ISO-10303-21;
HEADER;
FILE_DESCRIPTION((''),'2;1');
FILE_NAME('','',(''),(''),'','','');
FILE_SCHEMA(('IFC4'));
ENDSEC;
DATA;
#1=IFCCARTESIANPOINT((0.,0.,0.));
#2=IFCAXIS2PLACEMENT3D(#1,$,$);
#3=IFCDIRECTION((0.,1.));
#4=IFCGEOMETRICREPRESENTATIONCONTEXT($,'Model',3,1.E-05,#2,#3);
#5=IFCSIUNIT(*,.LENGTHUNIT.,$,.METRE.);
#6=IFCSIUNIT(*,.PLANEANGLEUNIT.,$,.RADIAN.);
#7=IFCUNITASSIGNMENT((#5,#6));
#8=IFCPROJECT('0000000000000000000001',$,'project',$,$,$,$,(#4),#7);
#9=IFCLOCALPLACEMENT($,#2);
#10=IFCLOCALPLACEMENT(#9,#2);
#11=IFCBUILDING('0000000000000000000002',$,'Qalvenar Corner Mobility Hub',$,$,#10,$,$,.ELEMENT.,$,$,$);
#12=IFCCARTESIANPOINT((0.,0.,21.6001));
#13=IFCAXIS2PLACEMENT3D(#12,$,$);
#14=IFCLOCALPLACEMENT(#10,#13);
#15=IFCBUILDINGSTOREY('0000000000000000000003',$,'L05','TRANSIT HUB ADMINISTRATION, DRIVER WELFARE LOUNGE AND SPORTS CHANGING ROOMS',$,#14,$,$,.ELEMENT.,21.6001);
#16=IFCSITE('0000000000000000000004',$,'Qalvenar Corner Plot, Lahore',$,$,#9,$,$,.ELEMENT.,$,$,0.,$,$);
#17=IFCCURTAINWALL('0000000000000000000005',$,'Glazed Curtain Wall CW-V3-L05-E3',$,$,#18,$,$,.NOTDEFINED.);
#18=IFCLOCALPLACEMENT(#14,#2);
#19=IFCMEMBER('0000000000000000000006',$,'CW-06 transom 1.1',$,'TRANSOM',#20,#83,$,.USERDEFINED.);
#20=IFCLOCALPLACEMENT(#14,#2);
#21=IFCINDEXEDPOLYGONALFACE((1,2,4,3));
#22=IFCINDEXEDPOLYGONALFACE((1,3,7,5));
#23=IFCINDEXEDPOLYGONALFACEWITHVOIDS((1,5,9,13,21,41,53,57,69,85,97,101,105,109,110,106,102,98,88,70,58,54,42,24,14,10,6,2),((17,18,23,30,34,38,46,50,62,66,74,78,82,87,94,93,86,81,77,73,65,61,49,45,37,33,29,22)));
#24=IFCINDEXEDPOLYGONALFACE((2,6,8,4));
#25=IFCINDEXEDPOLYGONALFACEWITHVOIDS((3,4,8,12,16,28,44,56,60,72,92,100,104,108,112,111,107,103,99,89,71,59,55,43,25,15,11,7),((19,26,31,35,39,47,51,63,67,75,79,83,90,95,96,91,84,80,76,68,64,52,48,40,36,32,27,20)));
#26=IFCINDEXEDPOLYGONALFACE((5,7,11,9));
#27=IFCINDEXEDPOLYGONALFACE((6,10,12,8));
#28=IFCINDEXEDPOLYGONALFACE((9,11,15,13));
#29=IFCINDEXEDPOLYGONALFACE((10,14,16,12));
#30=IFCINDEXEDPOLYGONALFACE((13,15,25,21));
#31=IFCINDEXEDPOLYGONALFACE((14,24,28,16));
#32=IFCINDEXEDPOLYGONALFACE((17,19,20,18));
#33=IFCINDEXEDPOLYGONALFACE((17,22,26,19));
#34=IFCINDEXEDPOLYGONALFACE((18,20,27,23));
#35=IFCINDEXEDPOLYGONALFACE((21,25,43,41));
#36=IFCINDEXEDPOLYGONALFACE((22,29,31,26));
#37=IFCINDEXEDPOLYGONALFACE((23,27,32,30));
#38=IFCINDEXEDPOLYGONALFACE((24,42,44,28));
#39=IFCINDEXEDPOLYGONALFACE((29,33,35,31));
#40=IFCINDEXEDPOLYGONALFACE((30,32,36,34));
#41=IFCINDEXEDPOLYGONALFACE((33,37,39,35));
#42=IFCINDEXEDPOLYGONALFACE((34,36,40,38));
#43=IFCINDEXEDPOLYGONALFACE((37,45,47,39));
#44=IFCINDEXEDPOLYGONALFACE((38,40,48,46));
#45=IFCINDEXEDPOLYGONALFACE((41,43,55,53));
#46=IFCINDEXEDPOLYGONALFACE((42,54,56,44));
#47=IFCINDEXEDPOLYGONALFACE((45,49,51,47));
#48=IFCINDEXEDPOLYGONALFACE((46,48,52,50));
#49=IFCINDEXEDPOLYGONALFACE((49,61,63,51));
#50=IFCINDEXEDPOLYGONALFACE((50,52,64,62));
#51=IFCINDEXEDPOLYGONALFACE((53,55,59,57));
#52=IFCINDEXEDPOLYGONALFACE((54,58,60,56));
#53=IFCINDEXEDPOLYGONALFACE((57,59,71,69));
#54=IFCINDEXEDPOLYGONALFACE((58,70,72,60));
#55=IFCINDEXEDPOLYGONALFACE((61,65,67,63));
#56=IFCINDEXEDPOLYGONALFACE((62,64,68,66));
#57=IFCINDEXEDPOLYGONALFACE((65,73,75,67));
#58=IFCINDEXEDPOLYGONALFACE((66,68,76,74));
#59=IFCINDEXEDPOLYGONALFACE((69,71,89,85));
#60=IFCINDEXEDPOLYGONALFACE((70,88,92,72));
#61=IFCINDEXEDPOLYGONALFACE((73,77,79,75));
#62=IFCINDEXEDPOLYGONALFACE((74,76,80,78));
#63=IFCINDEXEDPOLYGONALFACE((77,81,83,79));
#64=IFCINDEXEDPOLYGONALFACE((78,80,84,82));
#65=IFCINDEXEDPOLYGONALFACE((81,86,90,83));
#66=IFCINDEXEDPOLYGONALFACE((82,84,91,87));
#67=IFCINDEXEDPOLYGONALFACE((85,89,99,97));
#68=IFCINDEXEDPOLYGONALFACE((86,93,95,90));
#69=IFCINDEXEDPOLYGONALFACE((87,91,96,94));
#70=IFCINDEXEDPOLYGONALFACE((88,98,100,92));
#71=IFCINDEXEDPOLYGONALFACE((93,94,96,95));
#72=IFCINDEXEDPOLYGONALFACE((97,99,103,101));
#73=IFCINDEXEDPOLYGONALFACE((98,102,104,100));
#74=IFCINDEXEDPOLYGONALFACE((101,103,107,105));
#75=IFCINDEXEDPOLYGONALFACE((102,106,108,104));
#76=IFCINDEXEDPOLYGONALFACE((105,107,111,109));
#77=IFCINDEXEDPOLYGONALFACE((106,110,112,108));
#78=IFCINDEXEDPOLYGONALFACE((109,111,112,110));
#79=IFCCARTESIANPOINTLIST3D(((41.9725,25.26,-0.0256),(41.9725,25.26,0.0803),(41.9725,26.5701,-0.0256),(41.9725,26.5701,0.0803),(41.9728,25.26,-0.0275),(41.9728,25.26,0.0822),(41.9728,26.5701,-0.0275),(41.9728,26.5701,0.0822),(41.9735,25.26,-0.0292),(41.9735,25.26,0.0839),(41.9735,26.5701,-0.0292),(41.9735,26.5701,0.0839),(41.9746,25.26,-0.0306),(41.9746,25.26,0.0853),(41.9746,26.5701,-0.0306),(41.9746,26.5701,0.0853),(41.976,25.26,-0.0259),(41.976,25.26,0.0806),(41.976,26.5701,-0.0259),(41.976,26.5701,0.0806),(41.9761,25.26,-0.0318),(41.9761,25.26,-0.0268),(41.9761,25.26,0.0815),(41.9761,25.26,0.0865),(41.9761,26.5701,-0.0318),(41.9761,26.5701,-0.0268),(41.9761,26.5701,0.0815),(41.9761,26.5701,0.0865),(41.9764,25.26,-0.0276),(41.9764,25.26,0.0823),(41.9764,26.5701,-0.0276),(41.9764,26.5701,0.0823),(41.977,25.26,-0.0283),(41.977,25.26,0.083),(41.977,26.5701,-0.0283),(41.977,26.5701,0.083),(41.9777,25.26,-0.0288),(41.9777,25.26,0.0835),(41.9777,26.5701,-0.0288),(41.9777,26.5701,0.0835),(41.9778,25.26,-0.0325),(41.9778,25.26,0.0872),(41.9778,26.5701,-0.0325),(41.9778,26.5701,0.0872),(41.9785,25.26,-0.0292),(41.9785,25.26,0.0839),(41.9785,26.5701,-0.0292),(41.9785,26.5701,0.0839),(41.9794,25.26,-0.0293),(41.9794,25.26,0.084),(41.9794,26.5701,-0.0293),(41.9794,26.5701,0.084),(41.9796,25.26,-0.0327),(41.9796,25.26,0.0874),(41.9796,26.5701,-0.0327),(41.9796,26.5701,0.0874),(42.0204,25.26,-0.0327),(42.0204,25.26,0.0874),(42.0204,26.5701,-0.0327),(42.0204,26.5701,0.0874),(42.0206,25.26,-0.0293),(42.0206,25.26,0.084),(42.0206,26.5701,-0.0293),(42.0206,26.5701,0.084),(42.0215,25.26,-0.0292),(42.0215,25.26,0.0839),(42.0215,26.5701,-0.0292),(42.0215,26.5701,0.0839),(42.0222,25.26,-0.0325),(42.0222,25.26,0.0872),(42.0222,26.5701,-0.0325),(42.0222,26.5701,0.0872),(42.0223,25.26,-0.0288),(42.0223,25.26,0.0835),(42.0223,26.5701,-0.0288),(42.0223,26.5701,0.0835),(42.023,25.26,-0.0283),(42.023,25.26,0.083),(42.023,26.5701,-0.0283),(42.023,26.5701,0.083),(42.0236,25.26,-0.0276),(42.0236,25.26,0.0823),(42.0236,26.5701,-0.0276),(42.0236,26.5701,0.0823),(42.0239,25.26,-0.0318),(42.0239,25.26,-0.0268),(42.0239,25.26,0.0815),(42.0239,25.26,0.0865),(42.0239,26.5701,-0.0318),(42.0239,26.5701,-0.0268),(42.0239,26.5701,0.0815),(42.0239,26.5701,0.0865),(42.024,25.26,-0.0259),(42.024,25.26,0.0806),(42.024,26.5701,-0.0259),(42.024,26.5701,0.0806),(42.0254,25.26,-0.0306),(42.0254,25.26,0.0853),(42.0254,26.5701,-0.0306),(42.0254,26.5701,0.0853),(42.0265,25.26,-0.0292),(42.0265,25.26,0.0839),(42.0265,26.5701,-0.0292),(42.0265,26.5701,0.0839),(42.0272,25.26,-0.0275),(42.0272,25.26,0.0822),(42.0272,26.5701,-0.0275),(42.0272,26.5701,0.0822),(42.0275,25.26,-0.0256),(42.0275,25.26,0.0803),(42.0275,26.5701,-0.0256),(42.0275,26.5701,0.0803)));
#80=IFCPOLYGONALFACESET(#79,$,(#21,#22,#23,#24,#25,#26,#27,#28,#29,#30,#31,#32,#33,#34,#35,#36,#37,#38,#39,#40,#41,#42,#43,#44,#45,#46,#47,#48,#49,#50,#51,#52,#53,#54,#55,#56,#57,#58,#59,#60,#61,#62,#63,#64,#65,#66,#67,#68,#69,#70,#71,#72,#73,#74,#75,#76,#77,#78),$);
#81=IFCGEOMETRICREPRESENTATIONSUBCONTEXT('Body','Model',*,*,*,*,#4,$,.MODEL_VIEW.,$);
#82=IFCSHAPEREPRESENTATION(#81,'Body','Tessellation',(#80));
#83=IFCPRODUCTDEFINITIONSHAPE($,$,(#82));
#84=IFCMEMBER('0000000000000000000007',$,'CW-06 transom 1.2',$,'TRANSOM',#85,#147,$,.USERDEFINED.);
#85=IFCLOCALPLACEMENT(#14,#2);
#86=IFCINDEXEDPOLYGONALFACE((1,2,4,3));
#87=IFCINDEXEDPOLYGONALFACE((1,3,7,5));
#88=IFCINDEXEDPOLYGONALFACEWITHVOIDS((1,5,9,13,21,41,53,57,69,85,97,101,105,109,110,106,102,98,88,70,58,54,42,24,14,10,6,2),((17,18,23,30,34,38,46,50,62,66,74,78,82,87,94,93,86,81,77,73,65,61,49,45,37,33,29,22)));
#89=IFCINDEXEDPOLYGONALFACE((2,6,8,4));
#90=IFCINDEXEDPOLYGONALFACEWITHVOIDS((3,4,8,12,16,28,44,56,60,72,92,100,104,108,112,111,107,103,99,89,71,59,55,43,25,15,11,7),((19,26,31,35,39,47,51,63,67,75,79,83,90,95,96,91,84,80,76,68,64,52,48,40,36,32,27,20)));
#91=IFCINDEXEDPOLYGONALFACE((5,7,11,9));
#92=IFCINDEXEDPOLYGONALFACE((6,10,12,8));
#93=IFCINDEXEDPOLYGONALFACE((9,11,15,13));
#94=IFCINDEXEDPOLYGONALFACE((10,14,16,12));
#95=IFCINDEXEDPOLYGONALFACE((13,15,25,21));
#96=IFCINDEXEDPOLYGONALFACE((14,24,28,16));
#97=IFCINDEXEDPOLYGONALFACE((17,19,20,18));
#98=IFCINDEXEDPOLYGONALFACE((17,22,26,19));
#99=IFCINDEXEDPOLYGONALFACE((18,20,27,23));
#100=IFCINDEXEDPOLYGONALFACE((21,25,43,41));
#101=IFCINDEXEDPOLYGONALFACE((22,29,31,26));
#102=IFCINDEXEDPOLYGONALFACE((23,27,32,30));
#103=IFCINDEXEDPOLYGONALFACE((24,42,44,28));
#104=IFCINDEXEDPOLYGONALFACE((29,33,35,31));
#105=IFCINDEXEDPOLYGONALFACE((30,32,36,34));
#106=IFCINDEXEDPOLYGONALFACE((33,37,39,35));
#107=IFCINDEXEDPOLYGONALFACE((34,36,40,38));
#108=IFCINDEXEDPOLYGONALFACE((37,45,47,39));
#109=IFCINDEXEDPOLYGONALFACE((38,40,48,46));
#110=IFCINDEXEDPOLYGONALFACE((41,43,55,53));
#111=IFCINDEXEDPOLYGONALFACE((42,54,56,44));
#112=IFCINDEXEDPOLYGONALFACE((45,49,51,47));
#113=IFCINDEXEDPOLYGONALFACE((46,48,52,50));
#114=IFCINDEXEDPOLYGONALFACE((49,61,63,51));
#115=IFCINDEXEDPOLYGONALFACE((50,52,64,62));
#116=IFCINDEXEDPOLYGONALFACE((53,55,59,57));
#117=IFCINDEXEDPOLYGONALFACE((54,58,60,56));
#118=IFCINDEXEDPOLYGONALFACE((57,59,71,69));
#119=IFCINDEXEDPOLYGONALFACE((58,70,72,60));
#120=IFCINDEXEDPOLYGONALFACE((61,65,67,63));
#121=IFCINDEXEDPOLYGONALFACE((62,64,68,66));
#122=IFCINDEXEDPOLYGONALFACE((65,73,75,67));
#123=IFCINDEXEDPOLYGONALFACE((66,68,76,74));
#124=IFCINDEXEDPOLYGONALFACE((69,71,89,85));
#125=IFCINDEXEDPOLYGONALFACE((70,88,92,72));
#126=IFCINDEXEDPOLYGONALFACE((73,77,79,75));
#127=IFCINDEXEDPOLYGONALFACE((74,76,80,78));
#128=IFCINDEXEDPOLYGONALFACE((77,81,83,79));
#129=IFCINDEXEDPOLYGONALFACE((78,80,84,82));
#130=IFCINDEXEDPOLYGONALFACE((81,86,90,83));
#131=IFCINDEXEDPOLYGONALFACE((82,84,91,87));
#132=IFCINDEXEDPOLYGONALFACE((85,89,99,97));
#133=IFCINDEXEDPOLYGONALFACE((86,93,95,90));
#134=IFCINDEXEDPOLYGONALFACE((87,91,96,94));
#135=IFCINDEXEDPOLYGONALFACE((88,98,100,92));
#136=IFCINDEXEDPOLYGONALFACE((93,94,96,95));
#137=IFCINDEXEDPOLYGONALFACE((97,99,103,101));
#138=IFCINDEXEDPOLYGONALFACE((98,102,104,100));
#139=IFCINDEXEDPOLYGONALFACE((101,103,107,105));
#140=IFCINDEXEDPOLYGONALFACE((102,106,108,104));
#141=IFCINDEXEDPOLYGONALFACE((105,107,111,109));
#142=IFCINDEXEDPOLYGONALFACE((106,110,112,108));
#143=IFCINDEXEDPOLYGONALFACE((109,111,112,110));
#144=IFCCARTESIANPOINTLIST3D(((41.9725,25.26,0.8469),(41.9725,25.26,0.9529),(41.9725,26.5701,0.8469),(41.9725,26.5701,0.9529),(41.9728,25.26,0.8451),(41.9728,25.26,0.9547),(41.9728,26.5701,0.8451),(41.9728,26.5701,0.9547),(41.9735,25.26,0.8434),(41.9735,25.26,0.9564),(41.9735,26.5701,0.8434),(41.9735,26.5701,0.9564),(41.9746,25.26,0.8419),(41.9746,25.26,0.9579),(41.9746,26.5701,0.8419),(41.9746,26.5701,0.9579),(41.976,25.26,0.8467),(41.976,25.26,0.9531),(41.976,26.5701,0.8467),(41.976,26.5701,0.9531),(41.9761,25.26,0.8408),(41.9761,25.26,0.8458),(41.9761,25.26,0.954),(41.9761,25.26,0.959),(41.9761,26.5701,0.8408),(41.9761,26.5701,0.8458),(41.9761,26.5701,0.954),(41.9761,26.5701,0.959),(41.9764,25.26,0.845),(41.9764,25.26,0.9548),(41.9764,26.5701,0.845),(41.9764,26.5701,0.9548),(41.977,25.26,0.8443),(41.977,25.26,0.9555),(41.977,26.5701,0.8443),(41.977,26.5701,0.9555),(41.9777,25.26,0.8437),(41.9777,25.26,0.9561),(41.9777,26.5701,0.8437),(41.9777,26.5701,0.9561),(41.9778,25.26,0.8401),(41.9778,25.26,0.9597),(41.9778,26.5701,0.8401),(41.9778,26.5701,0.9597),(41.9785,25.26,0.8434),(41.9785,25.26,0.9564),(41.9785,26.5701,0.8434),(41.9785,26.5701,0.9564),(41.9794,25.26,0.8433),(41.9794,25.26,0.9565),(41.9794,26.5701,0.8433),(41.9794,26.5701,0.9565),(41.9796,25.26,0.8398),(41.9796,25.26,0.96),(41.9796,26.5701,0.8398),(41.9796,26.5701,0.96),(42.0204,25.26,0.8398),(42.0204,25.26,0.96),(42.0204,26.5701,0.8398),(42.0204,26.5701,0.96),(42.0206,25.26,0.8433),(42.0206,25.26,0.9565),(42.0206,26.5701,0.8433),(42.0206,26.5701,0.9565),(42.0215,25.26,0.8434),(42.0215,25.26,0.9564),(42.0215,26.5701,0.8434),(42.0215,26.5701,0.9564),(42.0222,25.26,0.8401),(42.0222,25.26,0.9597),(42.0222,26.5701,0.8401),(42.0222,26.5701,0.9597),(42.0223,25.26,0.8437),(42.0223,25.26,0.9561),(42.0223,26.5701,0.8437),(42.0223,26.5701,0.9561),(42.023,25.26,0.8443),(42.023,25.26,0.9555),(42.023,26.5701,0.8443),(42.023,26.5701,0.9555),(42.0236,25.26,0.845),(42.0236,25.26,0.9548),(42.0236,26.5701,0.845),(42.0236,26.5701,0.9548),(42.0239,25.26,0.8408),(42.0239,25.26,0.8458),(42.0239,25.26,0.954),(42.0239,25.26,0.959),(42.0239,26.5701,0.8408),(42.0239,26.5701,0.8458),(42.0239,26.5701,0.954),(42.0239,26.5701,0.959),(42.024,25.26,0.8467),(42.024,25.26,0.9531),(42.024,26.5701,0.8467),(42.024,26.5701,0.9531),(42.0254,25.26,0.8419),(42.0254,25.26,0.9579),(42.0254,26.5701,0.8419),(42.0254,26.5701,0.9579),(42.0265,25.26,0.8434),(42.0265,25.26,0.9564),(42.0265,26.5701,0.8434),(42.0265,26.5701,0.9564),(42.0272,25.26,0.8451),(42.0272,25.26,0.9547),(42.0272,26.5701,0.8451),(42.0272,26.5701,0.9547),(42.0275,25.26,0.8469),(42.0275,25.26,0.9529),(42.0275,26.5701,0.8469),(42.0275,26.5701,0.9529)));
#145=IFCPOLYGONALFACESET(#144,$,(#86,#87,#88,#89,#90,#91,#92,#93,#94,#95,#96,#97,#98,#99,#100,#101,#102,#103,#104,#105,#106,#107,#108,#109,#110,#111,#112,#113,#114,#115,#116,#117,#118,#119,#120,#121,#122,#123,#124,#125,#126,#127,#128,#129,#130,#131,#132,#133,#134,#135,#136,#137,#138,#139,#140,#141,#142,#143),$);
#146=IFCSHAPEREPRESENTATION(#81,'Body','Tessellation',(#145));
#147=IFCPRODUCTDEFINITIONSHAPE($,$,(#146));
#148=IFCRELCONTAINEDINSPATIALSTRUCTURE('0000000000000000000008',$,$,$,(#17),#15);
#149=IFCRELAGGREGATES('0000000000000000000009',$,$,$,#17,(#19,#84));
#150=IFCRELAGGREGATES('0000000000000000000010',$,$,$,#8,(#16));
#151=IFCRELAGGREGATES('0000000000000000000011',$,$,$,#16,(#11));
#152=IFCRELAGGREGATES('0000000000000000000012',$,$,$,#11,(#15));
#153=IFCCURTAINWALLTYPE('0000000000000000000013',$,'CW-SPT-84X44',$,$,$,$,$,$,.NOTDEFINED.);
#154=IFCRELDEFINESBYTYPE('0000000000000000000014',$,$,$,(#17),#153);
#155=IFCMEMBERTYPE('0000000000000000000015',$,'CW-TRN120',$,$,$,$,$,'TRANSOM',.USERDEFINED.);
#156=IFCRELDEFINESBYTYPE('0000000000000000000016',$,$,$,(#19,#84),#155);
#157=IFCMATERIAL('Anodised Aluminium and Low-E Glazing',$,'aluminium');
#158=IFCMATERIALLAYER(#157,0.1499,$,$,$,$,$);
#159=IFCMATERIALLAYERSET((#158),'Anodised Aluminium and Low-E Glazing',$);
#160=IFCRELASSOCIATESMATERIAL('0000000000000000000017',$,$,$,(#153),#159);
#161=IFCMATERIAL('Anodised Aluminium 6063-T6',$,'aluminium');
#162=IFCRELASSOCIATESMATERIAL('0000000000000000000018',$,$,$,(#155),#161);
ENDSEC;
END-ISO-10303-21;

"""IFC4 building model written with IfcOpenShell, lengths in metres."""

from ifc_helpers import new_model, si_unit, direction, frame, origin, origin_2d, place, context, subcontext, project, spatial, hollow_rectangle, extrude, material, layer, layer_set, material_profile, profile_set, type_object, element, aggregate, save


model = new_model("IFC4")

# Units and contexts
model_context = context("Model", 3, precision=1e-05, world=origin(), true_north=direction((0.0, 1.0)))
body_context = subcontext(model_context, "Body", "Model", "MODEL_VIEW")
ifc_project = project(units=[si_unit("LENGTHUNIT", "METRE"), si_unit("PLANEANGLEUNIT", "RADIAN")], contexts=[model_context])

# Site, building, storey
site_placement = place(None, origin())
site = spatial("IfcSite", under=ifc_project, at=site_placement, Name="Qalvenar Corner Plot, Lahore", CompositionType="ELEMENT", RefElevation=0.0)
building_placement = place(site_placement, origin())
building = spatial("IfcBuilding", under=site, at=building_placement, Name="Qalvenar Corner Mobility Hub", CompositionType="ELEMENT")
storey_placement = place(building_placement, frame((0.0, 0.0, 21.6001)))
storey = spatial("IfcBuildingStorey", under=building, at=storey_placement, Name="L05", Description="TRANSIT HUB ADMINISTRATION, DRIVER WELFARE LOUNGE AND SPORTS CHANGING ROOMS", CompositionType="ELEMENT", Elevation=21.6001)

# Curtain wall, members
ifc_material_1 = material(Name="Anodised Aluminium and Low-E Glazing", Category="aluminium")
ifc_layer_1 = layer(ifc_material_1, 0.1499)
ifc_layer_set_1 = layer_set([ifc_layer_1], Name="Anodised Aluminium and Low-E Glazing")
curtain_wall_type = type_object("IfcCurtainWallType", Name="CW-SPT-84X44", PredefinedType="NOTDEFINED", material=ifc_layer_set_1)
curtain_wall_placement = place(storey_placement, origin())
curtain_wall = element("IfcCurtainWall", 1, at=curtain_wall_placement, inside=storey, type_object=curtain_wall_type, Name="Glazed Curtain Wall CW-V3-L05-E3", PredefinedType="NOTDEFINED")
ifc_material_2 = material(Name="Anodised Aluminium 6063-T6", Category="aluminium")
ifc_material_profile_1 = material_profile(ifc_material_2, hollow_rectangle(XDim=0.0549, YDim=0.1201, WallThickness=0.0034, InnerFilletRadius=0.0034, OuterFilletRadius=0.0071, at=origin_2d()), Name="RHS120x55x3.5")
ifc_profile_set_1 = profile_set([ifc_material_profile_1], Name="Anodised Aluminium 6063-T6")
member_type_1 = type_object("IfcMemberType", Name="CW-TRN120", ElementType="TRANSOM", PredefinedType="USERDEFINED", material=ifc_profile_set_1)
member_1_placement = place(storey_placement, frame((42.0, 25.26, 0.0273), z_axis=(0.0, 1.0, 0.0), x_axis=(-1.0, 0.0, 0.0)))
member_1 = element("IfcMember", 2, at=member_1_placement, type_object=member_type_1, Name="CW-06 transom 1.1", ObjectType="TRANSOM", PredefinedType="USERDEFINED", context=body_context, shape_type="SweptSolid", body=[
    extrude(hollow_rectangle(XDim=0.0549, YDim=0.1201, WallThickness=0.0034, InnerFilletRadius=0.0034, OuterFilletRadius=0.0071, at=origin_2d()), origin(), (0.0, 0.0, 1.0), 1.3101),
])
member_2_placement = place(storey_placement, frame((42.0, 25.26, 0.8999), z_axis=(0.0, 1.0, 0.0), x_axis=(-1.0, 0.0, 0.0)))
member_2 = element("IfcMember", 3, at=member_2_placement, type_object=member_type_1, Name="CW-06 transom 1.2", ObjectType="TRANSOM", PredefinedType="USERDEFINED", context=body_context, shape_type="SweptSolid", body=[
    extrude(hollow_rectangle(XDim=0.0549, YDim=0.1201, WallThickness=0.0034, InnerFilletRadius=0.0034, OuterFilletRadius=0.0071, at=origin_2d()), origin(), (0.0, 0.0, 1.0), 1.3101),
])
aggregate(curtain_wall, [member_1, member_2])

save(model, "model.ifc")
